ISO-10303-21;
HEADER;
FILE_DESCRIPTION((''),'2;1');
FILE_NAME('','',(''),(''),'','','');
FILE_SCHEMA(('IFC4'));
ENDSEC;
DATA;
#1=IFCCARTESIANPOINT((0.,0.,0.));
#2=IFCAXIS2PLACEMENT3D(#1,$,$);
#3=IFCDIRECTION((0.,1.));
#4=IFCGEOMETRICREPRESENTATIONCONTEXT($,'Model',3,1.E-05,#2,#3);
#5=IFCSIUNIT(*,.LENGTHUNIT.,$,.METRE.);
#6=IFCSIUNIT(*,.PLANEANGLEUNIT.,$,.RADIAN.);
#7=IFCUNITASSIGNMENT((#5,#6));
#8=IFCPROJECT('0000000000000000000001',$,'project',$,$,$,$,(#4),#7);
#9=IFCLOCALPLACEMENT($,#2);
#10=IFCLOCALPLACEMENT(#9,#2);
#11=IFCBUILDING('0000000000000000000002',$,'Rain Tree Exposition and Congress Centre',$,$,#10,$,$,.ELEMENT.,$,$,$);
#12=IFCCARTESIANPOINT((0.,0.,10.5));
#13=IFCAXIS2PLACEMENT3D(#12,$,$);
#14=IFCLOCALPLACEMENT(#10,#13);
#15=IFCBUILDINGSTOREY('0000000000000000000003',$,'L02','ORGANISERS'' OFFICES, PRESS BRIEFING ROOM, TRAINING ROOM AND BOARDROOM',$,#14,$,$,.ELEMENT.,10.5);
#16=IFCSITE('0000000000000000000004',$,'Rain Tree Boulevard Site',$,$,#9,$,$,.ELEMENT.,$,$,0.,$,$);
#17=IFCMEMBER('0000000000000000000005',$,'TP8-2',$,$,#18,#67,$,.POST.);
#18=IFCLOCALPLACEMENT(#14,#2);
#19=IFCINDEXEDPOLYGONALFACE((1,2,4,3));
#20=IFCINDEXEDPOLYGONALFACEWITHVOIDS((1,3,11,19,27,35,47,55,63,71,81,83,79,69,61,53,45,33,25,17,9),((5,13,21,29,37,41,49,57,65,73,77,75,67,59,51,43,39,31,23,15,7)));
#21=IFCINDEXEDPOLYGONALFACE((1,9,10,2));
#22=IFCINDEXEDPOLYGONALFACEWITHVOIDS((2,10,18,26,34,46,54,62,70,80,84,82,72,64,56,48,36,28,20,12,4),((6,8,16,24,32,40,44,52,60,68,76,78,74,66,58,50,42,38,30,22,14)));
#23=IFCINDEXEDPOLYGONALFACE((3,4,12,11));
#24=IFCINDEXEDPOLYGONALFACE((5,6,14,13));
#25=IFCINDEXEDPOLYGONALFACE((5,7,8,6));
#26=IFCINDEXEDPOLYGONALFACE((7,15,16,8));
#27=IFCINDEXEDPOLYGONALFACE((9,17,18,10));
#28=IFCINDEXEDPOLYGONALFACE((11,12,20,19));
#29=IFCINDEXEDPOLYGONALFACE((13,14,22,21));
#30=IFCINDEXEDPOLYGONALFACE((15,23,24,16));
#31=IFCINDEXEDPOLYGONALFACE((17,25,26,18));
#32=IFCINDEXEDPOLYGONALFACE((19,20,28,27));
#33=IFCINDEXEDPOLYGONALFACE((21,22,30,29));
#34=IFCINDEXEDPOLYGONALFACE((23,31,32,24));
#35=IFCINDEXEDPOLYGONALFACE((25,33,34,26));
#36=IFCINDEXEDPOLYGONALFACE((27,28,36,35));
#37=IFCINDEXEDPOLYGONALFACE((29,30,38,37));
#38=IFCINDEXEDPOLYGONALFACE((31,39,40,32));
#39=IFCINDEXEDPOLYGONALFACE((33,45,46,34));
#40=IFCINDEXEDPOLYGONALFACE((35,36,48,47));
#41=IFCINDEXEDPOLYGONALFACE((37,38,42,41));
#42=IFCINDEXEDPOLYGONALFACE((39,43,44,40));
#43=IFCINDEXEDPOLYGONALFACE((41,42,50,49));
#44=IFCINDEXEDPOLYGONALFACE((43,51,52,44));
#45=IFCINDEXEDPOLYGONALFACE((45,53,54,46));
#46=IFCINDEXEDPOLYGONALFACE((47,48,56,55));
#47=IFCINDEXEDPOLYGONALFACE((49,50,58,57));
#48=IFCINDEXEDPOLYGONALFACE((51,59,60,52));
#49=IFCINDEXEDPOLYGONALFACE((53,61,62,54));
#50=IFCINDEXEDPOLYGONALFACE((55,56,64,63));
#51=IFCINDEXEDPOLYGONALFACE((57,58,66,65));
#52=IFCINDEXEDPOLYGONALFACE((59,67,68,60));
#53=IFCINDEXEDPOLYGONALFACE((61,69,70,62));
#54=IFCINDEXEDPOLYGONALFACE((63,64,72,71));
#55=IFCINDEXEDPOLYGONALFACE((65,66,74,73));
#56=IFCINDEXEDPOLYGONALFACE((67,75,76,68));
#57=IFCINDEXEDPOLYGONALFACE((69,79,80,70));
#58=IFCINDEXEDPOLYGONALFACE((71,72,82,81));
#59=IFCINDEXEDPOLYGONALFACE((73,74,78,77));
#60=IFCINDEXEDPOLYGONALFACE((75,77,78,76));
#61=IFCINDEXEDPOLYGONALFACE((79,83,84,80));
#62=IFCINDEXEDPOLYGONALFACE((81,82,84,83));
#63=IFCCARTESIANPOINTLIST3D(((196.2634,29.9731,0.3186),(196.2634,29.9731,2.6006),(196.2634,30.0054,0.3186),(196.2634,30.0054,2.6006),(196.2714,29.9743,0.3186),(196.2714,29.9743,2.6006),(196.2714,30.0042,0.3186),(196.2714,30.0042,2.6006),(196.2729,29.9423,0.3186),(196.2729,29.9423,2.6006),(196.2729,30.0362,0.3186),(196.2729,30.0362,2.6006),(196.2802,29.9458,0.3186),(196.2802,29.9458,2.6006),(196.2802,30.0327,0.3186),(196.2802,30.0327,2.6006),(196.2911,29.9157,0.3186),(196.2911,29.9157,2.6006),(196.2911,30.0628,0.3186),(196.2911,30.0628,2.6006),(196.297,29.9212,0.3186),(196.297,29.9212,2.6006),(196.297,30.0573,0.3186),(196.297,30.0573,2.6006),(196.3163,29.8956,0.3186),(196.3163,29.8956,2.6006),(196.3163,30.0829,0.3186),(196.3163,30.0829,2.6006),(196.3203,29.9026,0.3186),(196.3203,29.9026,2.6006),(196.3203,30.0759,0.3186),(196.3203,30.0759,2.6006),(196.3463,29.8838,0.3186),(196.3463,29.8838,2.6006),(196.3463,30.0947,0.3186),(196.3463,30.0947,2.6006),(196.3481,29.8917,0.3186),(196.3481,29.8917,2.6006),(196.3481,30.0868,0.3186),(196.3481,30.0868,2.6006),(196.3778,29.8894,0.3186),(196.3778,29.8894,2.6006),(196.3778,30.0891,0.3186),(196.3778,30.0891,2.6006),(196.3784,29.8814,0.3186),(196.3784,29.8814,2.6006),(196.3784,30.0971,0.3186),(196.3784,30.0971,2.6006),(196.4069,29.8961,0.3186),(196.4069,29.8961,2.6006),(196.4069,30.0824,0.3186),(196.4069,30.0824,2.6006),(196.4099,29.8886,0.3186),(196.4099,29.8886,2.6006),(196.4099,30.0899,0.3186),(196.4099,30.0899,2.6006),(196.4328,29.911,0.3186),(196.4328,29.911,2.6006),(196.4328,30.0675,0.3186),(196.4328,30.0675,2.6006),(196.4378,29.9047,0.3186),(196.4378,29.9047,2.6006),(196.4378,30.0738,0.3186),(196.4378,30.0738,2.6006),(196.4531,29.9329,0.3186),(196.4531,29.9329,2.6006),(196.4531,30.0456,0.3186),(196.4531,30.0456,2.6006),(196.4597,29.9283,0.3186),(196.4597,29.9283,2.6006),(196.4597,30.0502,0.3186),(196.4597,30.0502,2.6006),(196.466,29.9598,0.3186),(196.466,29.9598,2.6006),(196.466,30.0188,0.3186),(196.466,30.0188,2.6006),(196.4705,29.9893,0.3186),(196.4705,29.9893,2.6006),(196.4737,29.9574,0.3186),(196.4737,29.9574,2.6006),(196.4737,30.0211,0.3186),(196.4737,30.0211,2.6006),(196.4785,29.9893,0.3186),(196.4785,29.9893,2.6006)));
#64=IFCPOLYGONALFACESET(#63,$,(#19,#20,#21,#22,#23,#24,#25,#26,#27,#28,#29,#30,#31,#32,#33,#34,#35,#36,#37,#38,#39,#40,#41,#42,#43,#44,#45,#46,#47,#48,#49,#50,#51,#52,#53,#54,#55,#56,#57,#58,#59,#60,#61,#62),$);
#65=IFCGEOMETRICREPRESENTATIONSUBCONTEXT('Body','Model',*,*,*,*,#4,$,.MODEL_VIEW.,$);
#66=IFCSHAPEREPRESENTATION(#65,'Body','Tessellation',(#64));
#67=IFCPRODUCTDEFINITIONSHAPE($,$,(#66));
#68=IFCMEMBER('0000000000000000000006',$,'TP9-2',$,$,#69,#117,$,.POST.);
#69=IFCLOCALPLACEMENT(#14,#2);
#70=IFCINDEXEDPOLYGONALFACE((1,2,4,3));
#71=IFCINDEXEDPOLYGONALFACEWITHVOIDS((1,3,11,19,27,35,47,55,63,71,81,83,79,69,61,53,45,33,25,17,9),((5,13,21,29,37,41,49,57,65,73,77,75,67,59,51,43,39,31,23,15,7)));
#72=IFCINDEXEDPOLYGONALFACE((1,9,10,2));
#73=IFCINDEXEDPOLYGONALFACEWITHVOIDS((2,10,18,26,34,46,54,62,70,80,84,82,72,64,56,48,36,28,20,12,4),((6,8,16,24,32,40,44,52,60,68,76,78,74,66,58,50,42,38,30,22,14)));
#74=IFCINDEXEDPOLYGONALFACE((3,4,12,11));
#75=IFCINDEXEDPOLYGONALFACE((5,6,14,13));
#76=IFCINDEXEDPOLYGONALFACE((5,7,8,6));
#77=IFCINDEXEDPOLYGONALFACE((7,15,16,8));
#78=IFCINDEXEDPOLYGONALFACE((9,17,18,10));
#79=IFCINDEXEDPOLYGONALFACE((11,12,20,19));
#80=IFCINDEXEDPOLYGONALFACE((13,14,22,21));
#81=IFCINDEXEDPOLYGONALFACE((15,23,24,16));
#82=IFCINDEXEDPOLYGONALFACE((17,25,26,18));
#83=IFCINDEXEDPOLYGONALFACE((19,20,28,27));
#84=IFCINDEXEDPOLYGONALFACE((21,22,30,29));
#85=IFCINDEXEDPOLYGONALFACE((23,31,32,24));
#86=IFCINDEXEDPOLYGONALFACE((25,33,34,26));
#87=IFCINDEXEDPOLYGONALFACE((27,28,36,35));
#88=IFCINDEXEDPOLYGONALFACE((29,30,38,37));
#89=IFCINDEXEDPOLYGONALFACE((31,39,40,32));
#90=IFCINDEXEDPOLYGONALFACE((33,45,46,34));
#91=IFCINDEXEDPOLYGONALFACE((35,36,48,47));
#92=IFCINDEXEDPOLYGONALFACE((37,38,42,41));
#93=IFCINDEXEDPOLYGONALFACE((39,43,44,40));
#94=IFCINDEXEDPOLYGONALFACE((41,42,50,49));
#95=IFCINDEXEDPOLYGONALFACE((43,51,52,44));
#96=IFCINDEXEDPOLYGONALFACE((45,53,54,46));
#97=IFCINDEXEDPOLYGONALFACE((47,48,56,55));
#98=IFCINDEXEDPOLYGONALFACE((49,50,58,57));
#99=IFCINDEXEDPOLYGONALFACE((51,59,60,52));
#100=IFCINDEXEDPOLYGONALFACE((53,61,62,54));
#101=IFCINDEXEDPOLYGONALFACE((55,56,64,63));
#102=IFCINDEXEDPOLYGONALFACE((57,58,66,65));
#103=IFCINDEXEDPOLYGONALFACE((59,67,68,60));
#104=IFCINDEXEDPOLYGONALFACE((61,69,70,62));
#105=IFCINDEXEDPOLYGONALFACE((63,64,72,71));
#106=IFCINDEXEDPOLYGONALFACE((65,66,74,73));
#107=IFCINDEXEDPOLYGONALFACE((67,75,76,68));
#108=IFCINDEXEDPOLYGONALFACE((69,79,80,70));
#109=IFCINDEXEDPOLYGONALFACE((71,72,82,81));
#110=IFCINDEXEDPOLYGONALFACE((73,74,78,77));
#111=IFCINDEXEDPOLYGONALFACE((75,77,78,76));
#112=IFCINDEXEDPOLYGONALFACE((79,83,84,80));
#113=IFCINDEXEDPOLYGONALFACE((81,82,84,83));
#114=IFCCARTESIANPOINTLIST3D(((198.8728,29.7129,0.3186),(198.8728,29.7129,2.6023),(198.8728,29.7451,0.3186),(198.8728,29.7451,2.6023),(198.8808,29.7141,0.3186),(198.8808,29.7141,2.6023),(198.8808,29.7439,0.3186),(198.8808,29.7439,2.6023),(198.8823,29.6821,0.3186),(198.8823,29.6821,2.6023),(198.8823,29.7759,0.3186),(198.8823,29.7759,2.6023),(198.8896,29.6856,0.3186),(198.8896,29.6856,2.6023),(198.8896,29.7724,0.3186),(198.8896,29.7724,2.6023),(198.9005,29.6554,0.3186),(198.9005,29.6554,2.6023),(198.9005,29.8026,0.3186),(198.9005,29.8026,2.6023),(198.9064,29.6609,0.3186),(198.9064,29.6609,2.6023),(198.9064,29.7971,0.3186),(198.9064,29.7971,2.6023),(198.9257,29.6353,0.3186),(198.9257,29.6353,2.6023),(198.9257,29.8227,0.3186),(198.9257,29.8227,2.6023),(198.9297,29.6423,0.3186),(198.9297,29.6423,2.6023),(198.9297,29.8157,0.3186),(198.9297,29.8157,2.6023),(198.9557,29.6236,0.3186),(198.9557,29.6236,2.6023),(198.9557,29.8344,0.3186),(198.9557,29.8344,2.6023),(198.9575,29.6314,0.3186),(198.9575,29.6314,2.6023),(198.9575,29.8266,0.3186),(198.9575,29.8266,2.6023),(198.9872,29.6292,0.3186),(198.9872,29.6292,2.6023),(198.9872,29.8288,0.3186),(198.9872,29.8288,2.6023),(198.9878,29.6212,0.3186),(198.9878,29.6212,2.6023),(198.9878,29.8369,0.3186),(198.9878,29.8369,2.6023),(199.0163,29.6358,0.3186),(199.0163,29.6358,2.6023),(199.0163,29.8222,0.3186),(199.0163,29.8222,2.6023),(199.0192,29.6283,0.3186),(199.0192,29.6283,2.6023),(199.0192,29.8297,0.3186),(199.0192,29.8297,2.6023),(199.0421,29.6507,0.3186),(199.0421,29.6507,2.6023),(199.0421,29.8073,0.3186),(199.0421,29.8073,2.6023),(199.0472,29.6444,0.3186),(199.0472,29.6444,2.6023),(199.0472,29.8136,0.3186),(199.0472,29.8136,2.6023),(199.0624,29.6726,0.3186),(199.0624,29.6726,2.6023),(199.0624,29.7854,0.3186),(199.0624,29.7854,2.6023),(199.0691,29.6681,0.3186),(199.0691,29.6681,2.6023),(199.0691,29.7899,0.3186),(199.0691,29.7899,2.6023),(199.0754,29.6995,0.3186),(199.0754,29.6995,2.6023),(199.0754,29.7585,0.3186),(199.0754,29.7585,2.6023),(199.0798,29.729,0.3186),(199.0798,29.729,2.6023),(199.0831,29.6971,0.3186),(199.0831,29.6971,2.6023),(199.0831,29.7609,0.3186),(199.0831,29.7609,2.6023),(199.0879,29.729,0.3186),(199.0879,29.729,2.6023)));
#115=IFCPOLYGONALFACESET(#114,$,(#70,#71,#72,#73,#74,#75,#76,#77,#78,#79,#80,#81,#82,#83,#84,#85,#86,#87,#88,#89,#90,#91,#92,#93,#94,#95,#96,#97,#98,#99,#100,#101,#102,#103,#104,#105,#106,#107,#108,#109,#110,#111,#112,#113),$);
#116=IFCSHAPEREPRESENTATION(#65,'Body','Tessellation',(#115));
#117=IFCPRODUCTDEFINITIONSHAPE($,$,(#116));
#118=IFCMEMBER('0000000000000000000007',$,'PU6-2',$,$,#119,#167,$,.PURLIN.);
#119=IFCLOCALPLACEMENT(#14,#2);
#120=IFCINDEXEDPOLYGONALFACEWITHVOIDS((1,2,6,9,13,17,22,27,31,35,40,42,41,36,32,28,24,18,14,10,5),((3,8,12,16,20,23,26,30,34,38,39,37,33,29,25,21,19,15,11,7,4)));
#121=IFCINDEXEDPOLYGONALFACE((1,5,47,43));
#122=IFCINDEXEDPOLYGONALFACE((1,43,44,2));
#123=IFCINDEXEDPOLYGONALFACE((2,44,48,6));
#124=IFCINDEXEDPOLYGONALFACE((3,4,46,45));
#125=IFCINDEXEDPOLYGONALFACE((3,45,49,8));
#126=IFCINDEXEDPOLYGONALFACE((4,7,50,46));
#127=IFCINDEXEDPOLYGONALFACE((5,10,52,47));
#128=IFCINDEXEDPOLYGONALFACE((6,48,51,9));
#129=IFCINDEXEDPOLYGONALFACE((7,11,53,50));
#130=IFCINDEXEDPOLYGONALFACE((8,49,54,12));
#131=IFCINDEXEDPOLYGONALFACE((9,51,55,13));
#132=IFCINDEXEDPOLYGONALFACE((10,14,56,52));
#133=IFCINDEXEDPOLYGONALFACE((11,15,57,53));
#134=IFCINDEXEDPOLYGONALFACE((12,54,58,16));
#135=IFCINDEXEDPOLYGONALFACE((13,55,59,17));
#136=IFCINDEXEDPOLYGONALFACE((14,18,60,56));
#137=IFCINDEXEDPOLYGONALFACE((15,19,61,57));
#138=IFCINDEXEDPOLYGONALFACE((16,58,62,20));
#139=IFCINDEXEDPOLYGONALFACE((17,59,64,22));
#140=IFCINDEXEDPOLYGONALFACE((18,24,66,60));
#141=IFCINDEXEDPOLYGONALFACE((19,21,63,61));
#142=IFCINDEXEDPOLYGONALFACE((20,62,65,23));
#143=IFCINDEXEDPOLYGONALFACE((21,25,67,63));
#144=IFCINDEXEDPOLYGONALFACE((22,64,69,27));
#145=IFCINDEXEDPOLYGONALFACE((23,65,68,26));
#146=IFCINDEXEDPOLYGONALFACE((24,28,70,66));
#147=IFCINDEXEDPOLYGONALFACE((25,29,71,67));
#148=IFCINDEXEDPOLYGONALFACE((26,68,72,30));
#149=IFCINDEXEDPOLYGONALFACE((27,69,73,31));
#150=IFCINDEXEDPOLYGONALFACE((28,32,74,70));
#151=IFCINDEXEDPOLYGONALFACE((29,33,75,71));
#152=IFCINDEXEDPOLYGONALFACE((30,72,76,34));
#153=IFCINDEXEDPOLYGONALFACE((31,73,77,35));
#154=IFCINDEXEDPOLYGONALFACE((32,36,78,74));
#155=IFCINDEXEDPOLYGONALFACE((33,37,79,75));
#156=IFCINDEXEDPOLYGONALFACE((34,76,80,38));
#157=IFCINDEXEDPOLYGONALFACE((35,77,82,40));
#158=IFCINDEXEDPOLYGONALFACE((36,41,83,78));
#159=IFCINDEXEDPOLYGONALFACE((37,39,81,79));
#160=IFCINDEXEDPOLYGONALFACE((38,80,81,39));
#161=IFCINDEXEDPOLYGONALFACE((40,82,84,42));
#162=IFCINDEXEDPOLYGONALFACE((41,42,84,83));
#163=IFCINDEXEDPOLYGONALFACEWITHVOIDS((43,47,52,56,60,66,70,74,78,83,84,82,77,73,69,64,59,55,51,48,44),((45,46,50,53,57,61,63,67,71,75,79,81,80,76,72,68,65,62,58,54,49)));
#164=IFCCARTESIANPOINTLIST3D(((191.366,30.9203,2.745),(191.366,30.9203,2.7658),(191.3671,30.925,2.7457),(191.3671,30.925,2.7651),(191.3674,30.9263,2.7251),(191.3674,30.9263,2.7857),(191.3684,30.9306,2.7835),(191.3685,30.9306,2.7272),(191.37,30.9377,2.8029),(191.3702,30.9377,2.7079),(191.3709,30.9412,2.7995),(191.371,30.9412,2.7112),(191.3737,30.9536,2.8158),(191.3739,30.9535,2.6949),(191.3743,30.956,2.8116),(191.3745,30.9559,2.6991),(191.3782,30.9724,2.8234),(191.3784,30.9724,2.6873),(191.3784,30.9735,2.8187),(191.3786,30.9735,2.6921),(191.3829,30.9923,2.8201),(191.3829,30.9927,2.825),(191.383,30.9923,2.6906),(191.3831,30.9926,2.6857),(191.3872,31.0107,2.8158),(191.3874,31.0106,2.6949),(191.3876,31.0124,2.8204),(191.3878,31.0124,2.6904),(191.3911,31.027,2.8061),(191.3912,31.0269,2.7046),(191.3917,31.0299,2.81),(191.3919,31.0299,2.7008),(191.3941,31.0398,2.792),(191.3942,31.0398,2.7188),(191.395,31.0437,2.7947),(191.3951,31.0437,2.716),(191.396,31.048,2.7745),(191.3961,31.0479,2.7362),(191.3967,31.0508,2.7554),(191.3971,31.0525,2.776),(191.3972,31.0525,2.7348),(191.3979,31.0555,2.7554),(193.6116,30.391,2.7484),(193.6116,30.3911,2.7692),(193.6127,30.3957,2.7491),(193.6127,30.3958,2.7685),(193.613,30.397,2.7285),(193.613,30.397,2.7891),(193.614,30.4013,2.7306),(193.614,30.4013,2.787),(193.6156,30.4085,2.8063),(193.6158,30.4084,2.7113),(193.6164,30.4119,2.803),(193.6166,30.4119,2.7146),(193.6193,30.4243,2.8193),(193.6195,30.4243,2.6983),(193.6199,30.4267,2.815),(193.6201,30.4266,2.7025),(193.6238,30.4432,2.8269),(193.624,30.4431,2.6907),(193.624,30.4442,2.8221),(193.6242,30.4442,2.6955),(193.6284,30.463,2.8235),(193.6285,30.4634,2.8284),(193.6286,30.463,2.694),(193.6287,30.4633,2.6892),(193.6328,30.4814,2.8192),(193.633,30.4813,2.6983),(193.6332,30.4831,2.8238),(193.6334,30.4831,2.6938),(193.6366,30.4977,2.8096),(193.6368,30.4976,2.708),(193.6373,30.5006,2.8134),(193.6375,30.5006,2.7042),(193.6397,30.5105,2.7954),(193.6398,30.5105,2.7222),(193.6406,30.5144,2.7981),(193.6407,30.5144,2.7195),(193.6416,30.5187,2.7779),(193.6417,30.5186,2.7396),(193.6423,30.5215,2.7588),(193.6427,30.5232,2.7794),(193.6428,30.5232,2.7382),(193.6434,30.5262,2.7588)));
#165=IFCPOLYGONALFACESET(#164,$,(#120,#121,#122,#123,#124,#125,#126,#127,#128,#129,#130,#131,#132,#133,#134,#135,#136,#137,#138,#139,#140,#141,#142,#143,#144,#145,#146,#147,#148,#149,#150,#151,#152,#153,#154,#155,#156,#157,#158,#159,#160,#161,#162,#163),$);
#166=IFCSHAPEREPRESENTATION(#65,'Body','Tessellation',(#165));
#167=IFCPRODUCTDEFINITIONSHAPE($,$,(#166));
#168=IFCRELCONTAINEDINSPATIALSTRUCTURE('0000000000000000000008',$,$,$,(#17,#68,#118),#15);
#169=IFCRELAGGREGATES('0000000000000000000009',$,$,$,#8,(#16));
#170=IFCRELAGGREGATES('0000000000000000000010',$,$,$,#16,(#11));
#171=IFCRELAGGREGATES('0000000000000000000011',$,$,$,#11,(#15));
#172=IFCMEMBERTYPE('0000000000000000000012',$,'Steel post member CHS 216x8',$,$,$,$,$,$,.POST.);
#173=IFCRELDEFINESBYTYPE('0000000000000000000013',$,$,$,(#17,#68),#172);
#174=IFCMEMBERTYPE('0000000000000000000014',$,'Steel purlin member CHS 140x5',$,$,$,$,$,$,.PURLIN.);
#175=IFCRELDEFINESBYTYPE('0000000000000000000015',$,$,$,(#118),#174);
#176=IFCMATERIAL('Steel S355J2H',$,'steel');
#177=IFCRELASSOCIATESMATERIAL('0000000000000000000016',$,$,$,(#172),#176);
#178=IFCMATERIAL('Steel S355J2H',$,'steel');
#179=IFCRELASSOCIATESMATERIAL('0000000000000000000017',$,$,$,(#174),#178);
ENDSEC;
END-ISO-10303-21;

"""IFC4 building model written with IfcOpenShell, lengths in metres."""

from ifc_helpers import new_model, si_unit, direction, frame, origin, origin_2d, place, context, subcontext, project, spatial, hollow_circle, extrude, material, material_profile, profile_set, type_object, element, save


model = new_model("IFC4")

# Units and contexts
model_context = context("Model", 3, precision=1e-05, world=origin(), true_north=direction((0.0, 1.0)))
body_context = subcontext(model_context, "Body", "Model", "MODEL_VIEW")
ifc_project = project(units=[si_unit("LENGTHUNIT", "METRE"), si_unit("PLANEANGLEUNIT", "RADIAN")], contexts=[model_context])

# Site, building, storey
site_placement = place(None, origin())
site = spatial("IfcSite", under=ifc_project, at=site_placement, Name="Rain Tree Boulevard Site", CompositionType="ELEMENT", RefElevation=0.0)
building_placement = place(site_placement, origin())
building = spatial("IfcBuilding", under=site, at=building_placement, Name="Rain Tree Exposition and Congress Centre", CompositionType="ELEMENT")
storey_placement = place(building_placement, frame((0.0, 0.0, 10.5)))
storey = spatial("IfcBuildingStorey", under=building, at=storey_placement, Name="L02", Description="ORGANISERS' OFFICES, PRESS BRIEFING ROOM, TRAINING ROOM AND BOARDROOM", CompositionType="ELEMENT", Elevation=10.5)

# Members
ifc_material_1 = material(Name="Steel S355J2H", Category="steel")
ifc_material_profile_1 = material_profile(ifc_material_1, hollow_circle(Radius=0.1082, WallThickness=0.0081, at=origin_2d()), Name="CHS 216x8")
ifc_profile_set_1 = profile_set([ifc_material_profile_1], Name="Steel S355J2H")
member_type_1 = type_object("IfcMemberType", Name="Steel post member CHS 216x8", PredefinedType="POST", material=ifc_profile_set_1)
member_1_placement = place(storey_placement, frame((196.3704, 29.9893, 0.3186), z_axis=(0.0, 0.0, 1.0), x_axis=(1.0, 0.0, 0.0)))
element("IfcMember", 1, at=member_1_placement, inside=storey, type_object=member_type_1, Name="TP8-2", PredefinedType="POST", context=body_context, shape_type="SweptSolid", body=[
    extrude(hollow_circle(Radius=0.1082, WallThickness=0.0081, at=origin_2d()), origin(), (0.0, 0.0, 1.0), 2.282),
])
member_2_placement = place(storey_placement, frame((198.9797, 29.729, 0.3186), z_axis=(0.0, 0.0, 1.0), x_axis=(1.0, 0.0, 0.0)))
element("IfcMember", 2, at=member_2_placement, inside=storey, type_object=member_type_1, Name="TP9-2", PredefinedType="POST", context=body_context, shape_type="SweptSolid", body=[
    extrude(hollow_circle(Radius=0.1082, WallThickness=0.0081, at=origin_2d()), origin(), (0.0, 0.0, 1.0), 2.2837),
])
ifc_material_2 = material(Name="Steel S355J2H", Category="steel")
ifc_material_profile_2 = material_profile(ifc_material_2, hollow_circle(Radius=0.0698, WallThickness=0.0049, at=origin_2d()), Name="CHS 140x5")
ifc_profile_set_2 = profile_set([ifc_material_profile_2], Name="Steel S355J2H")
member_type_2 = type_object("IfcMemberType", Name="Steel purlin member CHS 140x5", PredefinedType="PURLIN", material=ifc_profile_set_2)
member_3_placement = place(storey_placement, frame((191.3818, 30.9875, 2.7554), z_axis=(0.973327, -0.229417, 0.001481), x_axis=(0.229417, 0.973328, 0.0)))
element("IfcMember", 3, at=member_3_placement, inside=storey, type_object=member_type_2, Name="PU6-2", PredefinedType="PURLIN", context=body_context, shape_type="SweptSolid", body=[
    extrude(hollow_circle(Radius=0.0698, WallThickness=0.0049, at=origin_2d()), origin(), (0.0, 0.0, 1.0), 2.3071),
])

save(model, "model.ifc")
